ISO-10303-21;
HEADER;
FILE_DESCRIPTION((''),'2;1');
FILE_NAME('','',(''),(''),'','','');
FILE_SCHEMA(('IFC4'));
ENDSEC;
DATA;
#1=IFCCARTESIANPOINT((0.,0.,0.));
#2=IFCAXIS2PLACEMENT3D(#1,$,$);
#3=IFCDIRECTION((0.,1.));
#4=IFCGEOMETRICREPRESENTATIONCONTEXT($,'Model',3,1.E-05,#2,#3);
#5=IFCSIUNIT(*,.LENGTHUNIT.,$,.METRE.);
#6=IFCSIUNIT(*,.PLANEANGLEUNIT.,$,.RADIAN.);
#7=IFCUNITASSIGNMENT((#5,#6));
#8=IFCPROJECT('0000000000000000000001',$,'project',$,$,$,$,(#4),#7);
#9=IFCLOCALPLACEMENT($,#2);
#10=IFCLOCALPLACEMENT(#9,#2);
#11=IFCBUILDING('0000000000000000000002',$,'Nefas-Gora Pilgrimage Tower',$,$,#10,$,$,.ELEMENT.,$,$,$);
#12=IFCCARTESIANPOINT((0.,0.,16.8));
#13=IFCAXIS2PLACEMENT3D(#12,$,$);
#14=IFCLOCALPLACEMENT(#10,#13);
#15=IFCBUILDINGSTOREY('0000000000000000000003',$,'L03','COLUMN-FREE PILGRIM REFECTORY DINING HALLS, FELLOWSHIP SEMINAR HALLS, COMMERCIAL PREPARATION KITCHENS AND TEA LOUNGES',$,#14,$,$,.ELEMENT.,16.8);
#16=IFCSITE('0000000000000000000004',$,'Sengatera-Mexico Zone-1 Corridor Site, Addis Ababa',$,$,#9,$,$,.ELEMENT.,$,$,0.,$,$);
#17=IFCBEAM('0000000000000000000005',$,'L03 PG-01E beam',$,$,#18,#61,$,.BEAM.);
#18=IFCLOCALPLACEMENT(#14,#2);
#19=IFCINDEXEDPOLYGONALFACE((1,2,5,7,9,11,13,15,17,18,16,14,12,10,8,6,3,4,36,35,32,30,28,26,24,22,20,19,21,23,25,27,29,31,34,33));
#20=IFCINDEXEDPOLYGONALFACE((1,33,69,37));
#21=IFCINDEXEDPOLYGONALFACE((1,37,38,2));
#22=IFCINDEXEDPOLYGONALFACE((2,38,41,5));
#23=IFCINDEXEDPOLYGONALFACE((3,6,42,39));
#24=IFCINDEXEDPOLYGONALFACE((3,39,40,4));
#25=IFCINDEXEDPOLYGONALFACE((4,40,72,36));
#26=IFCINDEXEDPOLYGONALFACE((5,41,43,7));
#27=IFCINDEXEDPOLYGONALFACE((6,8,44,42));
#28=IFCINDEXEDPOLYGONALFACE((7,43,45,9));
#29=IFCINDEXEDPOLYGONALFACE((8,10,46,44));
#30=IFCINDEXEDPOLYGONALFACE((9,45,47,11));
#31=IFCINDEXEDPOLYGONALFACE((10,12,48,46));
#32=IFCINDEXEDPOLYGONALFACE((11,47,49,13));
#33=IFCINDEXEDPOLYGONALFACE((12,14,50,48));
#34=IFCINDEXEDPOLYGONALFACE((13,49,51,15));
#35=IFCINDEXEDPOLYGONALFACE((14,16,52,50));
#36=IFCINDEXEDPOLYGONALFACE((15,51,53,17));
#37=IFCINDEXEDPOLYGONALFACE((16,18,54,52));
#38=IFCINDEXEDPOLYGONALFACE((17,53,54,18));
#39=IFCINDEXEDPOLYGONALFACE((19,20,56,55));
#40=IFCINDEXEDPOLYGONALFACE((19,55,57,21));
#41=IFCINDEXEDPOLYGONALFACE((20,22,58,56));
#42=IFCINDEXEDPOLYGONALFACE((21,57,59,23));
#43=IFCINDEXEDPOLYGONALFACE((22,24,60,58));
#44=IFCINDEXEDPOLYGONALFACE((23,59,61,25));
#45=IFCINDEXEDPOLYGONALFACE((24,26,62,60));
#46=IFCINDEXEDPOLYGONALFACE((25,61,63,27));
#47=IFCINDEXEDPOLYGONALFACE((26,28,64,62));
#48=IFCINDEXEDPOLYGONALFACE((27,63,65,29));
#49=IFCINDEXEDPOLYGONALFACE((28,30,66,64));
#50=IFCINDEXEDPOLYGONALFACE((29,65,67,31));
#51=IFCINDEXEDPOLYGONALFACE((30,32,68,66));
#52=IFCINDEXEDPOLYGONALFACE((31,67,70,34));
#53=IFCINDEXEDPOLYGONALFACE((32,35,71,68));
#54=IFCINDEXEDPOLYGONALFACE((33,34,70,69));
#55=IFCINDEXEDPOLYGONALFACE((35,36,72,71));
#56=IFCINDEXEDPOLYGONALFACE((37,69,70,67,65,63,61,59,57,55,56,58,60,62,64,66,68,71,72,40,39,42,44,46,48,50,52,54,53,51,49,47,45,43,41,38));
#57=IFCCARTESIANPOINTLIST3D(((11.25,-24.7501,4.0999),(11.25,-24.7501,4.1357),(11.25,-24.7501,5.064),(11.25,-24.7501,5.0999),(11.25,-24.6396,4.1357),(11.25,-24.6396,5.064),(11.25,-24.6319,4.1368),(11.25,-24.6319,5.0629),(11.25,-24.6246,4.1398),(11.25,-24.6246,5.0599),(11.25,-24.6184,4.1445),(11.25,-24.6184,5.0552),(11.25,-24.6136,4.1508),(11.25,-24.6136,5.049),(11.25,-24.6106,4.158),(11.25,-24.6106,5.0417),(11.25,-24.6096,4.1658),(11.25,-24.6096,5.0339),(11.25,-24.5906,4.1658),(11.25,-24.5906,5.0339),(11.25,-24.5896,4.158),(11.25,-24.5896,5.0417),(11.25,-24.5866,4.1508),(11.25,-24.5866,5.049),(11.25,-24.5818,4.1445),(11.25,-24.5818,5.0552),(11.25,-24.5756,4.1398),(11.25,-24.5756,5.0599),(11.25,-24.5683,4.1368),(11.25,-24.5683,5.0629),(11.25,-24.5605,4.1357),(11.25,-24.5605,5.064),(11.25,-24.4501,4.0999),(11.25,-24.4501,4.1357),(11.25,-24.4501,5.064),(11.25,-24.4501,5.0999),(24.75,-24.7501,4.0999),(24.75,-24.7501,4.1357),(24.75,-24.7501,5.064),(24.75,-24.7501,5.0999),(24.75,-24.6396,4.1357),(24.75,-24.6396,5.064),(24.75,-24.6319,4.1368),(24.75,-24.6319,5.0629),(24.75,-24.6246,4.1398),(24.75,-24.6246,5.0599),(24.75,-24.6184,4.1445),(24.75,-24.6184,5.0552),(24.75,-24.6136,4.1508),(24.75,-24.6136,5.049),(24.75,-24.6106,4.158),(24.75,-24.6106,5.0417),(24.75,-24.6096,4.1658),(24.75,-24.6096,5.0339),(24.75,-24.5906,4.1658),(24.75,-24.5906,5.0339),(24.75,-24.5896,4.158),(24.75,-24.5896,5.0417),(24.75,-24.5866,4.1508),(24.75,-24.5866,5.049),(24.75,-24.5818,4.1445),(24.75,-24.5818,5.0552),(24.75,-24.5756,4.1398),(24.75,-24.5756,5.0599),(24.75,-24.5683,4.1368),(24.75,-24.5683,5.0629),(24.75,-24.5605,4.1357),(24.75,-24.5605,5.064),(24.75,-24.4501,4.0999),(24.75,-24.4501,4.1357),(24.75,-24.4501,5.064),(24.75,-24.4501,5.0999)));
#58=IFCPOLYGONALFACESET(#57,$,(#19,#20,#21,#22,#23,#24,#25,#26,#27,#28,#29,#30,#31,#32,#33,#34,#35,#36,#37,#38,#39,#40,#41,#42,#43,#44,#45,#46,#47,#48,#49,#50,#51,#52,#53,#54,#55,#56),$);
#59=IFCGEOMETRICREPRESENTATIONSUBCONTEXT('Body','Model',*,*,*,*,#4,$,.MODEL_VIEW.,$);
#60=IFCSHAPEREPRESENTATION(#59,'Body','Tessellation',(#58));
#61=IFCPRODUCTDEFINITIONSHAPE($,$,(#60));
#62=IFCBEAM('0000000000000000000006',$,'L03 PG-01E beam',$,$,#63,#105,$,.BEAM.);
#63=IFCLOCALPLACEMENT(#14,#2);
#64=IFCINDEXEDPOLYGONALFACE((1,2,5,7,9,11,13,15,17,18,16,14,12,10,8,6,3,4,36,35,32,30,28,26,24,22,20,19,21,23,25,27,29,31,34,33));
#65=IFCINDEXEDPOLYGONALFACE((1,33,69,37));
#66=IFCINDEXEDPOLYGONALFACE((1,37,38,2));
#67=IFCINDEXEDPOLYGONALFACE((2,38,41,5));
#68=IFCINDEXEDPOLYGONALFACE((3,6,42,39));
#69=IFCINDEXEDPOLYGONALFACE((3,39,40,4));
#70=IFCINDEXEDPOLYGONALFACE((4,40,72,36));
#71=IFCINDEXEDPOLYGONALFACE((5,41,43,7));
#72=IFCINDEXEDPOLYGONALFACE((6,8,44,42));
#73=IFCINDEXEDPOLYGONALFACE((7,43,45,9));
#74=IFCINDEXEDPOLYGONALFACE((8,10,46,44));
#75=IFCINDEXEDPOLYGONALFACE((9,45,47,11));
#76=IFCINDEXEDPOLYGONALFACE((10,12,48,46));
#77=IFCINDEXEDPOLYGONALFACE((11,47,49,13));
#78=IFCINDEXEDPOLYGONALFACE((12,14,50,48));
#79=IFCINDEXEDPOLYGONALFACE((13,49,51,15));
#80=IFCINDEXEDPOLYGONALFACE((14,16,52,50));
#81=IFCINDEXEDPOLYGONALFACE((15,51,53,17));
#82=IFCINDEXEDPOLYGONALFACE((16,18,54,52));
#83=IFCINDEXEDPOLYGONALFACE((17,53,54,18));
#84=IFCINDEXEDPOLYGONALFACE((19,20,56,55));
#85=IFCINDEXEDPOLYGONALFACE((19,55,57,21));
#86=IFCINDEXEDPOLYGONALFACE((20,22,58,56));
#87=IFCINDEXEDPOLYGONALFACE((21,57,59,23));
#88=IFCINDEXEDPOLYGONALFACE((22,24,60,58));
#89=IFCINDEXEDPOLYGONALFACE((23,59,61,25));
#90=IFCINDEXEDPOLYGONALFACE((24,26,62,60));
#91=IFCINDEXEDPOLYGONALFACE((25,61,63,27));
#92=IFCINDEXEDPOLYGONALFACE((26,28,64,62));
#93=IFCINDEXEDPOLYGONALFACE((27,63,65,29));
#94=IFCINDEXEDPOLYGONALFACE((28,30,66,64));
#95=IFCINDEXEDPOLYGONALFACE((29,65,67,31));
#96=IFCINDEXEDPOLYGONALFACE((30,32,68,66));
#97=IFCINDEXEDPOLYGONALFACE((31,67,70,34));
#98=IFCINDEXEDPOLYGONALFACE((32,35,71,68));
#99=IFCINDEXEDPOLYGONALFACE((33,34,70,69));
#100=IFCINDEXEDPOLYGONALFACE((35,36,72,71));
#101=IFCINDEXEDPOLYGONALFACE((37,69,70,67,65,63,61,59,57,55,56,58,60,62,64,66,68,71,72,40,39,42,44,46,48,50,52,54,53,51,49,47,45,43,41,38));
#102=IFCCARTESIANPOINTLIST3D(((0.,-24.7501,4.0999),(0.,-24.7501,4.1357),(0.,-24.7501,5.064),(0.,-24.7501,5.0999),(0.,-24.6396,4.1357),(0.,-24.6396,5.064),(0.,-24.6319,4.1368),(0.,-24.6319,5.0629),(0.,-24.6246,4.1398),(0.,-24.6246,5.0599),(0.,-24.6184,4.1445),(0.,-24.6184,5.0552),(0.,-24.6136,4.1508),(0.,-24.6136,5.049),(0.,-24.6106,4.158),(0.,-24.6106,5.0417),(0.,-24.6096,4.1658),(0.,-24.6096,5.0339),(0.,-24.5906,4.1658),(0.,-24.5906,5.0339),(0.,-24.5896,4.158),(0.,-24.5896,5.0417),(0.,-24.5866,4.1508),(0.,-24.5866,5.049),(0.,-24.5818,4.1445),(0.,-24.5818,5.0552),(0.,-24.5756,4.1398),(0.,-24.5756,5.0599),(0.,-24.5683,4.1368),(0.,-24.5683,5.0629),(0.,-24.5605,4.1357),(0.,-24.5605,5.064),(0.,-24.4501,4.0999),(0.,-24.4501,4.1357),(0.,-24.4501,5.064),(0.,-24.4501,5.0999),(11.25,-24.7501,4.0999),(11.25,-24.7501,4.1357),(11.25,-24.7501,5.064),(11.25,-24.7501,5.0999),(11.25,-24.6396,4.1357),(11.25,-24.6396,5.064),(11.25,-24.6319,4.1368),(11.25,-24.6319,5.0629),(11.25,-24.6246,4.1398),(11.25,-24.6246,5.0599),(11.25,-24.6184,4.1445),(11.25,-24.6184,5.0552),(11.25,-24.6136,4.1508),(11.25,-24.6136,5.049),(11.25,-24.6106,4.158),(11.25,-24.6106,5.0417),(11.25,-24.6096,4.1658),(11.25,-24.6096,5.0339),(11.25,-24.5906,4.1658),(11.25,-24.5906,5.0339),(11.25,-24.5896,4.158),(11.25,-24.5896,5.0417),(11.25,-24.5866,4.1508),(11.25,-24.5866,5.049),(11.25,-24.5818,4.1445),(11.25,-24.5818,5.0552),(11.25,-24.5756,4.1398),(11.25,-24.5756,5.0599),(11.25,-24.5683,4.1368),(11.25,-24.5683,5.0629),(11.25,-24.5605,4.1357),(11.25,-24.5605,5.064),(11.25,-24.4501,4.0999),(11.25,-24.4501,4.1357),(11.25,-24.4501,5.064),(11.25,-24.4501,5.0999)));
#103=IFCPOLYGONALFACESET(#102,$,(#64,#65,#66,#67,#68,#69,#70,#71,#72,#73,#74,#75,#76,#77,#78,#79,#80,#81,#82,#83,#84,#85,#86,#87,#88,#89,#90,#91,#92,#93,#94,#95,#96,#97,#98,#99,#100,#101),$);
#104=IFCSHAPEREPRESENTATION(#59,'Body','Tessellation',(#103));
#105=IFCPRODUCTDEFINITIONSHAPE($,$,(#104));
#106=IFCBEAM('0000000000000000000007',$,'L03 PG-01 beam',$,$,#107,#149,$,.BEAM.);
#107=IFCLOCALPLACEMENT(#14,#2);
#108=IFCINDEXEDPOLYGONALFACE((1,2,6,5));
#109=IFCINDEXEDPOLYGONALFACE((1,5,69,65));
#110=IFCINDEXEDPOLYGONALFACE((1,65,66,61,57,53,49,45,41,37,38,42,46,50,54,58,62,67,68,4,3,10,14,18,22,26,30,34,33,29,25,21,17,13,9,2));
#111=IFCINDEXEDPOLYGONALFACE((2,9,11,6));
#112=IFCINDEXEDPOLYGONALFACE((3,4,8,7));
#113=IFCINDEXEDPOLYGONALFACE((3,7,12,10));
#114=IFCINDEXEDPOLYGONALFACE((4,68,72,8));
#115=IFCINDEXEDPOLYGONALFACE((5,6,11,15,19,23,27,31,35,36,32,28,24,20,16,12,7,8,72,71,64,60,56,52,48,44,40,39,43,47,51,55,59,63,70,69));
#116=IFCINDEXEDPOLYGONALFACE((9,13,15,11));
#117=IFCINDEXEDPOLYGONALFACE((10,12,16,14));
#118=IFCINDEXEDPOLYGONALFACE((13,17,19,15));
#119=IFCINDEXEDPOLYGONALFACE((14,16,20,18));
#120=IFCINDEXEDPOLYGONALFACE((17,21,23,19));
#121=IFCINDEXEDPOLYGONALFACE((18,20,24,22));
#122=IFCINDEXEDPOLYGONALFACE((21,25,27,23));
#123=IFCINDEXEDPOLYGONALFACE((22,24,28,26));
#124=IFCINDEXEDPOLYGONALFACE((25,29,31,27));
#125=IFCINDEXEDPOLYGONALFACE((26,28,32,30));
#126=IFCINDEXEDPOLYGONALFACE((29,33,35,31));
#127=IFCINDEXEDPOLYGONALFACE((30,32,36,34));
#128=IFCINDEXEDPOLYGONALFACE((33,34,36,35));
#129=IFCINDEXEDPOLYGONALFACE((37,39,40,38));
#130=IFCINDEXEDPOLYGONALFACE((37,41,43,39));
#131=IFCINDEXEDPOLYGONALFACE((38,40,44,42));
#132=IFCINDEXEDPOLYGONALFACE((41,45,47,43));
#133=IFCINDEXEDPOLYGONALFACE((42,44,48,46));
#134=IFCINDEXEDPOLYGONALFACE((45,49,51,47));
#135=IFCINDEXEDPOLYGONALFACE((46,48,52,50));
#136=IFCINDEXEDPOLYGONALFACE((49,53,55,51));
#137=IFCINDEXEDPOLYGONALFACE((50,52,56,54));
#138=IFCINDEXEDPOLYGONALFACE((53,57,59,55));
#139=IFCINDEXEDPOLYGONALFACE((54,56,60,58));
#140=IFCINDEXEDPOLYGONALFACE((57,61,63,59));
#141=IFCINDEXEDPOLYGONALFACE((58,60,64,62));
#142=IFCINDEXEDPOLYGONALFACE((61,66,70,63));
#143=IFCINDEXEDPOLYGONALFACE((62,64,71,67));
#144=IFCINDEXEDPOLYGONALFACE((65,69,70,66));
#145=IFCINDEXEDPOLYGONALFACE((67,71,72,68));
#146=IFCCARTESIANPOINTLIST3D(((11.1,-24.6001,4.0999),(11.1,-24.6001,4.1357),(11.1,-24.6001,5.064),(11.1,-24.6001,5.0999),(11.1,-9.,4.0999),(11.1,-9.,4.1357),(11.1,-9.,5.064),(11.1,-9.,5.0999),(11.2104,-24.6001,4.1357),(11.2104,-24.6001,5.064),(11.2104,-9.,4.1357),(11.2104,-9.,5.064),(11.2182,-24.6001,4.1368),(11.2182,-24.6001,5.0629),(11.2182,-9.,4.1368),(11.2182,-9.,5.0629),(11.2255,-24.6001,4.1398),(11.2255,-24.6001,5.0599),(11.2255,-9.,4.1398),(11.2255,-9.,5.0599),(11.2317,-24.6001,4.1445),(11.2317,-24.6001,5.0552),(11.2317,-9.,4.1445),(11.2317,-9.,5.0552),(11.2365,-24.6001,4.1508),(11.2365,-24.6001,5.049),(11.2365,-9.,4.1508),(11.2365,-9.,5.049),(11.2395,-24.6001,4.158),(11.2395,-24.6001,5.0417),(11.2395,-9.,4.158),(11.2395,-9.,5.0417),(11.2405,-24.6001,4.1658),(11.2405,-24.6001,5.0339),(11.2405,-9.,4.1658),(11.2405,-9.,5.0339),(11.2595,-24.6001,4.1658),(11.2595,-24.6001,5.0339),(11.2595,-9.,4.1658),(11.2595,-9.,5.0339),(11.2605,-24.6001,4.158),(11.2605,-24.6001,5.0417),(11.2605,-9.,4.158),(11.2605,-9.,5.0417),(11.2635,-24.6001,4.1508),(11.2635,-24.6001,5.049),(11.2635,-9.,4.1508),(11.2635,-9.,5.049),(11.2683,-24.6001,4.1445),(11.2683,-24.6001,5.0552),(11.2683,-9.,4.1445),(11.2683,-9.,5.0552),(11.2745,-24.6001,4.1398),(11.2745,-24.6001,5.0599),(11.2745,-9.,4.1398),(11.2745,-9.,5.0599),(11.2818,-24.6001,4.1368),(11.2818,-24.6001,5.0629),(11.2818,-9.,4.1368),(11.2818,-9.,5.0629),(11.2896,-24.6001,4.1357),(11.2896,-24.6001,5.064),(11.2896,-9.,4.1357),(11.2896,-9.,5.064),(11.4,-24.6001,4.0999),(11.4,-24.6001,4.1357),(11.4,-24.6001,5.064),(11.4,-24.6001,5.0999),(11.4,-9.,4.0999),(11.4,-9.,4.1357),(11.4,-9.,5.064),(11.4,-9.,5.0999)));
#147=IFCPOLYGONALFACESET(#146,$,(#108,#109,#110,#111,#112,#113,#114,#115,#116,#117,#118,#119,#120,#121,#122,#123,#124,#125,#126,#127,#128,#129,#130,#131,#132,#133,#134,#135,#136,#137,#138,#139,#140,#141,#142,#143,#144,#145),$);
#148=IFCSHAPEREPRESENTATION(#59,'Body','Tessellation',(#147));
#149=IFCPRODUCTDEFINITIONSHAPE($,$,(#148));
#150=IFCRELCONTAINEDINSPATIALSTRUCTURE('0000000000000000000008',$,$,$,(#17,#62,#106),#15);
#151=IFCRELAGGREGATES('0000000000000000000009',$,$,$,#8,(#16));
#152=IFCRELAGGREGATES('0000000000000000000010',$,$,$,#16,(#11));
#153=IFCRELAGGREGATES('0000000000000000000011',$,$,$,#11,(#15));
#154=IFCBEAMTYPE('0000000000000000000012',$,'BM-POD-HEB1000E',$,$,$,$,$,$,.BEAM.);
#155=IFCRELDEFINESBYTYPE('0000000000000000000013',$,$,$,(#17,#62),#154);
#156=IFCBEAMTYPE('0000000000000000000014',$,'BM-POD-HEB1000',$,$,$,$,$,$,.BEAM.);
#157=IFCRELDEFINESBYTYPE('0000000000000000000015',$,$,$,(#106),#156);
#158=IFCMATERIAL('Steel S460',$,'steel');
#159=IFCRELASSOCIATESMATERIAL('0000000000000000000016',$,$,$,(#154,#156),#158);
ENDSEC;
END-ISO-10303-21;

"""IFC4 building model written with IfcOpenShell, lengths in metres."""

from ifc_helpers import new_model, si_unit, direction, frame, origin, origin_2d, place, context, subcontext, project, spatial, i_section, extrude, source, transform, mapped, material, material_profile, profile_set, type_object, element, save


model = new_model("IFC4")

# Units and contexts
model_context = context("Model", 3, precision=1e-05, world=origin(), true_north=direction((0.0, 1.0)))
body_context = subcontext(model_context, "Body", "Model", "MODEL_VIEW")
ifc_project = project(units=[si_unit("LENGTHUNIT", "METRE"), si_unit("PLANEANGLEUNIT", "RADIAN")], contexts=[model_context])

# Site, building, storey
site_placement = place(None, origin())
site = spatial("IfcSite", under=ifc_project, at=site_placement, Name="Sengatera-Mexico Zone-1 Corridor Site, Addis Ababa", CompositionType="ELEMENT", RefElevation=0.0)
building_placement = place(site_placement, origin())
building = spatial("IfcBuilding", under=site, at=building_placement, Name="Nefas-Gora Pilgrimage Tower", CompositionType="ELEMENT")
storey_placement = place(building_placement, frame((0.0, 0.0, 16.8)))
storey = spatial("IfcBuildingStorey", under=building, at=storey_placement, Name="L03", Description="COLUMN-FREE PILGRIM REFECTORY DINING HALLS, FELLOWSHIP SEMINAR HALLS, COMMERCIAL PREPARATION KITCHENS AND TEA LOUNGES", CompositionType="ELEMENT", Elevation=16.8)

# Shared definitions
ifc_material_1 = material(Name="Steel S460", Category="steel")

# Beams
ifc_material_profile_1 = material_profile(ifc_material_1, i_section(OverallWidth=0.3, OverallDepth=1.0, WebThickness=0.019, FlangeThickness=0.0359, FilletRadius=0.03, at=origin_2d()), Name="HEB 1000")
ifc_profile_set_1 = profile_set([ifc_material_profile_1], Name="Steel S460")
beam_type_1 = type_object("IfcBeamType", Name="BM-POD-HEB1000E", PredefinedType="BEAM", material=ifc_profile_set_1)
shared_shape_1 = source(origin(), body_context, "Body", "SweptSolid", [
    extrude(i_section(OverallWidth=0.3, OverallDepth=1.0, WebThickness=0.019, FlangeThickness=0.0359, FilletRadius=0.03, at=origin_2d()), origin(), (0.0, 0.0, 1.0), 13.5),
])
beam_1_placement = place(storey_placement, frame((11.25, -24.6001, 4.5999), z_axis=(1.0, 0.0, 0.0), x_axis=(0.0, 1.0, 0.0)))
element("IfcBeam", 1, at=beam_1_placement, inside=storey, type_object=beam_type_1, Name="L03 PG-01E beam", PredefinedType="BEAM", context=body_context, shape_type="MappedRepresentation", body=[
    mapped(shared_shape_1, transform((0.0, 0.0, 0.0), x_axis=(1.0, 0.0, 0.0), y_axis=(0.0, 1.0, 0.0), z_axis=(0.0, 0.0, 1.0), scale=1.0)),
])
shared_shape_2 = source(origin(), body_context, "Body", "SweptSolid", [
    extrude(i_section(OverallWidth=0.3, OverallDepth=1.0, WebThickness=0.019, FlangeThickness=0.0359, FilletRadius=0.03, at=origin_2d()), origin(), (0.0, 0.0, 1.0), 11.25),
])
beam_2_placement = place(storey_placement, frame((0.0, -24.6001, 4.5999), z_axis=(1.0, 0.0, 0.0), x_axis=(0.0, 1.0, 0.0)))
element("IfcBeam", 2, at=beam_2_placement, inside=storey, type_object=beam_type_1, Name="L03 PG-01E beam", PredefinedType="BEAM", context=body_context, shape_type="MappedRepresentation", body=[
    mapped(shared_shape_2, transform((0.0, 0.0, 0.0), x_axis=(1.0, 0.0, 0.0), y_axis=(0.0, 1.0, 0.0), z_axis=(0.0, 0.0, 1.0), scale=1.0)),
])
ifc_material_profile_2 = material_profile(ifc_material_1, i_section(OverallWidth=0.3, OverallDepth=1.0, WebThickness=0.019, FlangeThickness=0.0359, FilletRadius=0.03, at=origin_2d()), Name="HEB 1000")
ifc_profile_set_2 = profile_set([ifc_material_profile_2], Name="Steel S460")
beam_type_2 = type_object("IfcBeamType", Name="BM-POD-HEB1000", PredefinedType="BEAM", material=ifc_profile_set_2)
shared_shape_3 = source(origin(), body_context, "Body", "SweptSolid", [
    extrude(i_section(OverallWidth=0.3, OverallDepth=1.0, WebThickness=0.019, FlangeThickness=0.0359, FilletRadius=0.03, at=origin_2d()), origin(), (0.0, 0.0, 1.0), 15.6001),
])
beam_3_placement = place(storey_placement, frame((11.25, -24.6001, 4.5999), z_axis=(0.0, 1.0, 0.0), x_axis=(-1.0, 0.0, 0.0)))
element("IfcBeam", 3, at=beam_3_placement, inside=storey, type_object=beam_type_2, Name="L03 PG-01 beam", PredefinedType="BEAM", context=body_context, shape_type="MappedRepresentation", body=[
    mapped(shared_shape_3, transform((0.0, 0.0, 0.0), x_axis=(1.0, 0.0, 0.0), y_axis=(0.0, 1.0, 0.0), z_axis=(0.0, 0.0, 1.0), scale=1.0)),
])

save(model, "model.ifc")
